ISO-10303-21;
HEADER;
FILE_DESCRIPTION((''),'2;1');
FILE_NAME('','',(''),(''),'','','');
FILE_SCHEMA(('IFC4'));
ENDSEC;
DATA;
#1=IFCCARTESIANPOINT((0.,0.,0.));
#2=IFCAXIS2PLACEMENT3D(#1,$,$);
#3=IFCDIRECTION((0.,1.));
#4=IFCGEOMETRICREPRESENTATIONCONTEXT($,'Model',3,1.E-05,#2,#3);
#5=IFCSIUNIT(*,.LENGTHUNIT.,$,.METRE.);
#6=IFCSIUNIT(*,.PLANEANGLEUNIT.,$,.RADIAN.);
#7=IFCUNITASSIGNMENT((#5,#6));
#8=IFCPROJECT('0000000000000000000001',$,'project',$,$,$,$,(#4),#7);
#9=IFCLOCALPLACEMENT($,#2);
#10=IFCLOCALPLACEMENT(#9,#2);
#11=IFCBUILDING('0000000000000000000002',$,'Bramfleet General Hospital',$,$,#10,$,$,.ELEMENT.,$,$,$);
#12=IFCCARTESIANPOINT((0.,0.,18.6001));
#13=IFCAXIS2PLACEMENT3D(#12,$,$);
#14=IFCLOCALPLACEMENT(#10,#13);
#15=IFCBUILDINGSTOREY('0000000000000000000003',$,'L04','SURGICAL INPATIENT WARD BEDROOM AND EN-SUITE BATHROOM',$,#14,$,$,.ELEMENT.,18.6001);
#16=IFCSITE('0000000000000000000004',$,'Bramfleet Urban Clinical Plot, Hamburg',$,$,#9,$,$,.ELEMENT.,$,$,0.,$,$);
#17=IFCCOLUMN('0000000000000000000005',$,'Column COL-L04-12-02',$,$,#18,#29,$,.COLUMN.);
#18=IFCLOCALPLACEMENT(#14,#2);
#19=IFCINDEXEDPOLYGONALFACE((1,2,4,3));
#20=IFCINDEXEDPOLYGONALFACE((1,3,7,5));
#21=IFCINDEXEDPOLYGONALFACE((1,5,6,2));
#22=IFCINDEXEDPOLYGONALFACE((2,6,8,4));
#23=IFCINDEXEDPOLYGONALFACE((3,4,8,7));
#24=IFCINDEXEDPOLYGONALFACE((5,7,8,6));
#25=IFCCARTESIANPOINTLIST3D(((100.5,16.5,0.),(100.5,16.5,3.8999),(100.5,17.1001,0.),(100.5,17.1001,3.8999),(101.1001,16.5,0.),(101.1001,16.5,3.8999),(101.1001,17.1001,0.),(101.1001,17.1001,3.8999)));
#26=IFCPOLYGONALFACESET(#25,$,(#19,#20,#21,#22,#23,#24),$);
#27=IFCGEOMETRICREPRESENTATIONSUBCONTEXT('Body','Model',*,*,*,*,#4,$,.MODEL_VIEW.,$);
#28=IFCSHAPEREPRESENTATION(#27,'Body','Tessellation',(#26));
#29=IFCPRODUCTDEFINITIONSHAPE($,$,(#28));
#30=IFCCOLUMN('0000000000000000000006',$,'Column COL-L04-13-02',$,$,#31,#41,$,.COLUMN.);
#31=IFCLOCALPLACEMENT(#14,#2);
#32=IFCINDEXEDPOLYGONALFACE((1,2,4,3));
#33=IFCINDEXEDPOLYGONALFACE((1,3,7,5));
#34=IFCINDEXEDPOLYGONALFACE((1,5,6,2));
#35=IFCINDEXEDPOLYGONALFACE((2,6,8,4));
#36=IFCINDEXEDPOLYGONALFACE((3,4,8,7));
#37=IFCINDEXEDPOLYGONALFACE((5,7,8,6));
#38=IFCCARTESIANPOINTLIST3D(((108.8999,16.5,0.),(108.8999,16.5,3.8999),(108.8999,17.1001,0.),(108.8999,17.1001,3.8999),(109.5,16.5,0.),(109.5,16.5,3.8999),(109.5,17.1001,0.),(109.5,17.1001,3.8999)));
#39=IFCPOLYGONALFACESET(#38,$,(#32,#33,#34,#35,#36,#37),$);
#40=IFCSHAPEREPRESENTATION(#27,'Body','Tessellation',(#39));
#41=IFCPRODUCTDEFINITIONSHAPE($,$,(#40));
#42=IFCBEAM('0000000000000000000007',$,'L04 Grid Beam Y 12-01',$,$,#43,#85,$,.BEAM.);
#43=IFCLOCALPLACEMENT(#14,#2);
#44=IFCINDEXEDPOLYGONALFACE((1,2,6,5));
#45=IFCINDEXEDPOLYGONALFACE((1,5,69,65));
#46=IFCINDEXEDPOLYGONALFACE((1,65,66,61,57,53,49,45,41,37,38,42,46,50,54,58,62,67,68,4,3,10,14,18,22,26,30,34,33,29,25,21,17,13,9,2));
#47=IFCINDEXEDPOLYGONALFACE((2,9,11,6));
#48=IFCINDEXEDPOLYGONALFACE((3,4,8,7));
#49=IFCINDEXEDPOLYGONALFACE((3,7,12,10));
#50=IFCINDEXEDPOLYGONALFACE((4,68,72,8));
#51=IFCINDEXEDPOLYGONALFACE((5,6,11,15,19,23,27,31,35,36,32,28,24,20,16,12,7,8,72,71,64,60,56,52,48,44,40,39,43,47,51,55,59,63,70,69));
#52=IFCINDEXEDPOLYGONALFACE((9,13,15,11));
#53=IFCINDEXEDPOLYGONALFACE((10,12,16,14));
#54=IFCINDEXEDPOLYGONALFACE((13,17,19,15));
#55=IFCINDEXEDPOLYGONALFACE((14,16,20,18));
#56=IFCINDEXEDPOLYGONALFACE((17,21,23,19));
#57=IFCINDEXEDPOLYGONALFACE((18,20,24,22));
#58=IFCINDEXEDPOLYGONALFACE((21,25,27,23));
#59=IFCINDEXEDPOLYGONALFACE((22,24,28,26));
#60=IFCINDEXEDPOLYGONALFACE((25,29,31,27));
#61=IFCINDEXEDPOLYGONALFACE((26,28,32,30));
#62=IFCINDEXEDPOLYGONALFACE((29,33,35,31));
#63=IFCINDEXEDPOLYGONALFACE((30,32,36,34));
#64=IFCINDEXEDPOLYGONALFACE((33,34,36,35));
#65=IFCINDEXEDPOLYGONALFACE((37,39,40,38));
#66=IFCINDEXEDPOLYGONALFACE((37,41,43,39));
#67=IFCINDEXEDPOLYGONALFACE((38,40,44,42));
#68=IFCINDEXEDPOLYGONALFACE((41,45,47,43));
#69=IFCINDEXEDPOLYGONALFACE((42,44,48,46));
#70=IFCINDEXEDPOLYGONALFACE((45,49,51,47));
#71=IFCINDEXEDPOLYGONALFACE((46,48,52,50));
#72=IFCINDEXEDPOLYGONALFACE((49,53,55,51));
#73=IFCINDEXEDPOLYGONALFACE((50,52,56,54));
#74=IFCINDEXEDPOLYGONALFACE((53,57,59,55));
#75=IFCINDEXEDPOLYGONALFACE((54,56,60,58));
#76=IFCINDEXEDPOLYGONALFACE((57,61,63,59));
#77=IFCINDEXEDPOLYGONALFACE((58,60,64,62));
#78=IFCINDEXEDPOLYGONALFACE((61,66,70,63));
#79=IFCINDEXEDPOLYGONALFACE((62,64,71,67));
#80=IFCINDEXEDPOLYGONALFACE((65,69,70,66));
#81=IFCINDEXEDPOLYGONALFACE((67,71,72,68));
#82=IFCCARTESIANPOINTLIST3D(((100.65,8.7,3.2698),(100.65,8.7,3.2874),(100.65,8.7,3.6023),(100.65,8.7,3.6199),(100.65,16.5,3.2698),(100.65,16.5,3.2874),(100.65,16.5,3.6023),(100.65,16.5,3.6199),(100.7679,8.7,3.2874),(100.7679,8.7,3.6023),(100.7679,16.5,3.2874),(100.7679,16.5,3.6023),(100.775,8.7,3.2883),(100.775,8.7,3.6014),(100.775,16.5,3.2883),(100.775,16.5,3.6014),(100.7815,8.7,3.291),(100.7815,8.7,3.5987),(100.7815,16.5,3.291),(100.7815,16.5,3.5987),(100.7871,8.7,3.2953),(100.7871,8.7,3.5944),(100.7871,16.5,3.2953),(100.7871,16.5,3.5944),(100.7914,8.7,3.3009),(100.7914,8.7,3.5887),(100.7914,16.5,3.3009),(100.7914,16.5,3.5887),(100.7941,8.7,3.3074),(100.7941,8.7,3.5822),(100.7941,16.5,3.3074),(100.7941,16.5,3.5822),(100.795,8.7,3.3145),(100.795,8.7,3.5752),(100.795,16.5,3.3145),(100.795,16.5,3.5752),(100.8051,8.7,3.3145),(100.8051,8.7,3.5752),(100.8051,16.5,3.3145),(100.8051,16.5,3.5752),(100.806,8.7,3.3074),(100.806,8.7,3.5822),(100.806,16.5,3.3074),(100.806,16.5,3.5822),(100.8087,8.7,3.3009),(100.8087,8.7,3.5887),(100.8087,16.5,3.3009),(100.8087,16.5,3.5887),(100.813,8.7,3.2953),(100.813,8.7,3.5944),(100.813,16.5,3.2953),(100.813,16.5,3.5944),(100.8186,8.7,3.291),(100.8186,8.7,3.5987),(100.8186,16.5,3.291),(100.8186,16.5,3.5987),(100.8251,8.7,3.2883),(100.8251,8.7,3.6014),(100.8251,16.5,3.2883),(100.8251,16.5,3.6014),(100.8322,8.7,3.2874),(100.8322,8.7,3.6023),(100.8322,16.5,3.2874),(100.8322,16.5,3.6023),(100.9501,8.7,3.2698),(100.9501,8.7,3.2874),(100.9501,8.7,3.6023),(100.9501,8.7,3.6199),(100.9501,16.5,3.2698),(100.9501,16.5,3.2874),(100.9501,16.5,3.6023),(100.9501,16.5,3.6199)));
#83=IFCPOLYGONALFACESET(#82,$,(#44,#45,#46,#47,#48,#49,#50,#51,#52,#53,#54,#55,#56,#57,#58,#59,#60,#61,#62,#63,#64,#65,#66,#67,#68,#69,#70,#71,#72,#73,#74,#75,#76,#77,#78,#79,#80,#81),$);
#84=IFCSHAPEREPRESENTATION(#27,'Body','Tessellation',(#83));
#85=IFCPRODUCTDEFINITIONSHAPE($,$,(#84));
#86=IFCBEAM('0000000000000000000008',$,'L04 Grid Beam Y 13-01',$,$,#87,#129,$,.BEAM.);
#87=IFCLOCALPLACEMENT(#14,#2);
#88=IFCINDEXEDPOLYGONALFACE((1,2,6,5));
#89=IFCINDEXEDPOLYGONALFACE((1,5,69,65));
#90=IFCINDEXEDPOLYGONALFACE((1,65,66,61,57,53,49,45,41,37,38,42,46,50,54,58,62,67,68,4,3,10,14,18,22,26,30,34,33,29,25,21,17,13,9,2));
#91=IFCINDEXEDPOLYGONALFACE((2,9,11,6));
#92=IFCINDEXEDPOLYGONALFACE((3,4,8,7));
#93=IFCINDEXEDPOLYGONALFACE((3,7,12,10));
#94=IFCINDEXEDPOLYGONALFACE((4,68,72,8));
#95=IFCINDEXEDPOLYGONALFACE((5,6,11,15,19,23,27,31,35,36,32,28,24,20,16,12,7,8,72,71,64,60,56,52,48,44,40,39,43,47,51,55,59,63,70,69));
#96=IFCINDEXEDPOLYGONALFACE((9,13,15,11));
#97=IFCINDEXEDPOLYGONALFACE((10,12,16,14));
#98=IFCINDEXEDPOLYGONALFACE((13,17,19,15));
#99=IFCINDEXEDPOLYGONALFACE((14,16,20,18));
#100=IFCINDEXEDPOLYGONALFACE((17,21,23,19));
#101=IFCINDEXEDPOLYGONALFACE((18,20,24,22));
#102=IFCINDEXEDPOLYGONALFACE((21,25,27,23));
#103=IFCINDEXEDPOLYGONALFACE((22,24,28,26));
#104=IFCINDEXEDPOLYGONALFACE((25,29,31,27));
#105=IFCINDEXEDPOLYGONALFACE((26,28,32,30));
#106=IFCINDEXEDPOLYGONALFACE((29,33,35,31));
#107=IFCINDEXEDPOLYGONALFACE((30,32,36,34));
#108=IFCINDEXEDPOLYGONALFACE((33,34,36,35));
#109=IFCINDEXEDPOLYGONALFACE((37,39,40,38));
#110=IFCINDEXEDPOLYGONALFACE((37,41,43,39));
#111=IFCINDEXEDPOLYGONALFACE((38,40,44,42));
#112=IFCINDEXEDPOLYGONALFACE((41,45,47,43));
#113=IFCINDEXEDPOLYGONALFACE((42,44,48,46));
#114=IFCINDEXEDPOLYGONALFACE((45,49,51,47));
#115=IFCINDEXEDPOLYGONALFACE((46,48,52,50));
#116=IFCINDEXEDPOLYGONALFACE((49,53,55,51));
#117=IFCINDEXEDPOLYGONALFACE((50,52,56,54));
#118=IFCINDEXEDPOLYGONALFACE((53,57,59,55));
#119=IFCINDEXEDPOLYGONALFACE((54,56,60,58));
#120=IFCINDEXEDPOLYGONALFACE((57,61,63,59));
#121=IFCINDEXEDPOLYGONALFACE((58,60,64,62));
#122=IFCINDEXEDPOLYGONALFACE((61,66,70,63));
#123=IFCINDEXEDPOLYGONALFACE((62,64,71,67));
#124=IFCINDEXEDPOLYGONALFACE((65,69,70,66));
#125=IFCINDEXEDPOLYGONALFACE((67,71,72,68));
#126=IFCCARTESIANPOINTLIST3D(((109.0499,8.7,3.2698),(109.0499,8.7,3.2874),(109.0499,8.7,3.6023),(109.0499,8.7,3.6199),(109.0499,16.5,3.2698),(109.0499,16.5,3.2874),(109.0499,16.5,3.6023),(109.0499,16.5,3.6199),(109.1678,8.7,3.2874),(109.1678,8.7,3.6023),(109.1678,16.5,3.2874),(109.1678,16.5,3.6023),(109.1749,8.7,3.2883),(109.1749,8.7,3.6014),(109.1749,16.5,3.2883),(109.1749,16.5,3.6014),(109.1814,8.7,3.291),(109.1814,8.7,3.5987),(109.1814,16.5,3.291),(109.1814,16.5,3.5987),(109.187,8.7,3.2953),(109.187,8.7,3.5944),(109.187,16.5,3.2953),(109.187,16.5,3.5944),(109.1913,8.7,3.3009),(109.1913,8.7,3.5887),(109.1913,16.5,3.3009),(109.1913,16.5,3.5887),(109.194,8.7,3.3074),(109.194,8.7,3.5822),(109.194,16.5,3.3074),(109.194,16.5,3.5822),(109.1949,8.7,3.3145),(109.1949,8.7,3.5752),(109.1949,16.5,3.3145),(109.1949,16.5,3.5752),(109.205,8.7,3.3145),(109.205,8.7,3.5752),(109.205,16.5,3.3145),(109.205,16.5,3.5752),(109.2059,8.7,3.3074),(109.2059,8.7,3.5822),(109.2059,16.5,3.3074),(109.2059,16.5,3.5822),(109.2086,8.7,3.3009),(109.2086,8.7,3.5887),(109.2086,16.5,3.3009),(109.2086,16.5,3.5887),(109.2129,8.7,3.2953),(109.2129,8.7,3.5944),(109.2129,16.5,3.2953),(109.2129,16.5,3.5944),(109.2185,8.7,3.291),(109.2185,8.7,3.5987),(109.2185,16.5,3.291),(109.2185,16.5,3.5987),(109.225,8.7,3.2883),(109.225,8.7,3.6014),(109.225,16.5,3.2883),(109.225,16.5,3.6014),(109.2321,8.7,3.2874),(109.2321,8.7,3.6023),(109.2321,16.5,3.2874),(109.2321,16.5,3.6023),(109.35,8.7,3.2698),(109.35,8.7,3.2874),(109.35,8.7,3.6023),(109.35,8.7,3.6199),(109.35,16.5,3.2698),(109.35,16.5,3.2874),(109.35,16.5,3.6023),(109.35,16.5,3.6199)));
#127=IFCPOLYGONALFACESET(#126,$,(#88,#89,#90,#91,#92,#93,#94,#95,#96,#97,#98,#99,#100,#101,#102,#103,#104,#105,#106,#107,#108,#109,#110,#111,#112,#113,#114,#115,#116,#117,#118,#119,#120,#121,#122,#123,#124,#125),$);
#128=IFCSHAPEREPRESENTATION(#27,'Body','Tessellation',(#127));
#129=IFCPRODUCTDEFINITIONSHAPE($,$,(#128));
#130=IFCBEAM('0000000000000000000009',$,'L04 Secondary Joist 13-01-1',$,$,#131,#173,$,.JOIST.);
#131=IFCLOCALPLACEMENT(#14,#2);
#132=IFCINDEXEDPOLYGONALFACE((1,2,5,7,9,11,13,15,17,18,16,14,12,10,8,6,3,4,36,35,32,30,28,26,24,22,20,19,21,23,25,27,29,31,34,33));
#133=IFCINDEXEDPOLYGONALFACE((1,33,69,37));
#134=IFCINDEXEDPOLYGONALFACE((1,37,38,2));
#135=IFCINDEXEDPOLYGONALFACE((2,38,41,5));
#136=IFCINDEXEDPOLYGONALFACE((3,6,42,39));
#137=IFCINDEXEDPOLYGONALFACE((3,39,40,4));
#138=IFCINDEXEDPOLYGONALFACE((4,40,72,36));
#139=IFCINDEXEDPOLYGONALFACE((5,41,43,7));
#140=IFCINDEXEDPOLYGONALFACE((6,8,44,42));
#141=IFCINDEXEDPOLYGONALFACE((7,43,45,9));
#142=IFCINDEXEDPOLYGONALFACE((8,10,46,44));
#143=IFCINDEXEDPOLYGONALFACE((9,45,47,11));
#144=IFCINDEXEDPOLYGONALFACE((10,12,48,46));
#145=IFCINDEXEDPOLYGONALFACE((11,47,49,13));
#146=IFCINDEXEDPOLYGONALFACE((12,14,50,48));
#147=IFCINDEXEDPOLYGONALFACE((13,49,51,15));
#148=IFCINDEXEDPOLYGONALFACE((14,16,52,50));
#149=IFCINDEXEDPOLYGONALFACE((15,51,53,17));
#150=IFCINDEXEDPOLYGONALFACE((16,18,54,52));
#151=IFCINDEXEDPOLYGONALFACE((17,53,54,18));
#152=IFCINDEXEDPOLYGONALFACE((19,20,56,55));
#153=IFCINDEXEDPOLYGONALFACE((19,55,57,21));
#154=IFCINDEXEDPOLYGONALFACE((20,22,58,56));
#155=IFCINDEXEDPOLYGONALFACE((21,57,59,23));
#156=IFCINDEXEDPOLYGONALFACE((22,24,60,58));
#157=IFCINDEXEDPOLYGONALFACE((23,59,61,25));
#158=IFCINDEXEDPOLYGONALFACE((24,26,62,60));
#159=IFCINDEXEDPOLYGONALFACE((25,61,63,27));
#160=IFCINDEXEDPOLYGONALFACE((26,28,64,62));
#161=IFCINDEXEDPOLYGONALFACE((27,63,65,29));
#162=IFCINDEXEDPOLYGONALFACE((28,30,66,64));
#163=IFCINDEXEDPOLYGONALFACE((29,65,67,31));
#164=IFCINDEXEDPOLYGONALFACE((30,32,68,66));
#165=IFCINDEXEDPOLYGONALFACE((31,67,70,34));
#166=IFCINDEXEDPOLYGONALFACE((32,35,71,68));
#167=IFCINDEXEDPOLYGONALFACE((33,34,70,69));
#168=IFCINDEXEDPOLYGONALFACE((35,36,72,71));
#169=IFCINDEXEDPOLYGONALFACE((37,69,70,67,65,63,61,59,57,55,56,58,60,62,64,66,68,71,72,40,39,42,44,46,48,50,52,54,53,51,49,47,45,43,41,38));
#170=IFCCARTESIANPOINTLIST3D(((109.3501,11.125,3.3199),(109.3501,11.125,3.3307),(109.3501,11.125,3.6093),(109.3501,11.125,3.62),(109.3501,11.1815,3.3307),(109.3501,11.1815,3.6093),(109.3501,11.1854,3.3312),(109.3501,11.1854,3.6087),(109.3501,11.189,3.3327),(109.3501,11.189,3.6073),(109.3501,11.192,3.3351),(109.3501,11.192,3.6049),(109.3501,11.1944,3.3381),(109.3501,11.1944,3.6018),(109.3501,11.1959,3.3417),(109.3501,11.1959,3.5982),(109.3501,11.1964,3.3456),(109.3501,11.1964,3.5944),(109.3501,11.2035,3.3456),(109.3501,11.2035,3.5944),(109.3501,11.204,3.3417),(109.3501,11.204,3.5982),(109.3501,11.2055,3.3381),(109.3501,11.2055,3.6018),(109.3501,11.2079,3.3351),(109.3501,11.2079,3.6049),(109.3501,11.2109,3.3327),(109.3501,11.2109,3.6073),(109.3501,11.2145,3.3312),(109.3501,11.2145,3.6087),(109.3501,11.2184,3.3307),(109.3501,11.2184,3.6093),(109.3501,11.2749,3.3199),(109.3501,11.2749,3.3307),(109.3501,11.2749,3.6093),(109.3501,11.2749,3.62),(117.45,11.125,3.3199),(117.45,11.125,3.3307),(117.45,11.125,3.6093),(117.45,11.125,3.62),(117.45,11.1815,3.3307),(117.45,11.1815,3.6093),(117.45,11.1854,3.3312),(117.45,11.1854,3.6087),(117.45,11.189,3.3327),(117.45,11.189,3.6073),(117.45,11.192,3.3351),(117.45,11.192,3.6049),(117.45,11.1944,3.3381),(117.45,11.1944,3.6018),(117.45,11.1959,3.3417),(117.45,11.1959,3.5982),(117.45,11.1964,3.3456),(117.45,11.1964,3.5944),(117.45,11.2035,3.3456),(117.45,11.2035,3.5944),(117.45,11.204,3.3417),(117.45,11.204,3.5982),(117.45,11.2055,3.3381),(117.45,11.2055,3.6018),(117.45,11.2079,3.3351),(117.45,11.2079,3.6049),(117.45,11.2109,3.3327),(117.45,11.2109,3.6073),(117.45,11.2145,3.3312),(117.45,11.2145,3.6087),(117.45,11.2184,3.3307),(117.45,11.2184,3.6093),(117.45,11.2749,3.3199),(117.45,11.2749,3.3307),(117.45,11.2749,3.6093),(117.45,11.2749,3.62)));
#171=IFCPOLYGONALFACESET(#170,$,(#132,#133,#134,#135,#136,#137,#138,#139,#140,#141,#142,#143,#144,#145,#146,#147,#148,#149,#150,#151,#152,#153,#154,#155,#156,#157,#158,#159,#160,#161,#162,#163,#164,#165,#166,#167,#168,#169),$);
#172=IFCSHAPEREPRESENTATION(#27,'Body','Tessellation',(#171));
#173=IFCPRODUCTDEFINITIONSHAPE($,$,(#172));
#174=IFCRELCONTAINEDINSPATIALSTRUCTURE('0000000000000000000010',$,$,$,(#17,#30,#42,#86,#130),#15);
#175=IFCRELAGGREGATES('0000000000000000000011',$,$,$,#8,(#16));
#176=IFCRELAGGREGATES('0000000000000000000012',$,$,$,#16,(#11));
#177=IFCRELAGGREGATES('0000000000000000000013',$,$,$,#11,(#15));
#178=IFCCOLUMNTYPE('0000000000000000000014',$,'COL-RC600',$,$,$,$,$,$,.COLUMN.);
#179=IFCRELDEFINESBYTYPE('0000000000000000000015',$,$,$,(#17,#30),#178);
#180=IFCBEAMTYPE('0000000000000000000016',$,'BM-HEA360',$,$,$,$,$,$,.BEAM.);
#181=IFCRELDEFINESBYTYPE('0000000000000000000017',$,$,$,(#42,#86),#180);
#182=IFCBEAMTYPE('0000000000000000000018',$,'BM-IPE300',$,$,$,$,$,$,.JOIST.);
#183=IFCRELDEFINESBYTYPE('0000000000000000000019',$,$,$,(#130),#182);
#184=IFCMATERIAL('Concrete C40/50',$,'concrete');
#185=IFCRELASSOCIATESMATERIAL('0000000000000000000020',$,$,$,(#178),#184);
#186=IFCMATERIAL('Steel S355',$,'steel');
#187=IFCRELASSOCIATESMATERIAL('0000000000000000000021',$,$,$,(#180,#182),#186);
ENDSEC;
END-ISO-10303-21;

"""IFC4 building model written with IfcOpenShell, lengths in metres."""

from ifc_helpers import new_model, si_unit, direction, frame, origin, origin_2d, place, context, subcontext, project, spatial, rectangle, i_section, extrude, material, material_profile, profile_set, type_object, element, save


model = new_model("IFC4")

# Units and contexts
model_context = context("Model", 3, precision=1e-05, world=origin(), true_north=direction((0.0, 1.0)))
body_context = subcontext(model_context, "Body", "Model", "MODEL_VIEW")
ifc_project = project(units=[si_unit("LENGTHUNIT", "METRE"), si_unit("PLANEANGLEUNIT", "RADIAN")], contexts=[model_context])

# Site, building, storey
site_placement = place(None, origin())
site = spatial("IfcSite", under=ifc_project, at=site_placement, Name="Bramfleet Urban Clinical Plot, Hamburg", CompositionType="ELEMENT", RefElevation=0.0)
building_placement = place(site_placement, origin())
building = spatial("IfcBuilding", under=site, at=building_placement, Name="Bramfleet General Hospital", CompositionType="ELEMENT")
storey_placement = place(building_placement, frame((0.0, 0.0, 18.6001)))
storey = spatial("IfcBuildingStorey", under=building, at=storey_placement, Name="L04", Description="SURGICAL INPATIENT WARD BEDROOM AND EN-SUITE BATHROOM", CompositionType="ELEMENT", Elevation=18.6001)

# Columns
ifc_material_1 = material(Name="Concrete C40/50", Category="concrete")
ifc_material_profile_1 = material_profile(ifc_material_1, rectangle(XDim=0.6001, YDim=0.6001, at=origin_2d()), Name="RC COL 600x600")
ifc_profile_set_1 = profile_set([ifc_material_profile_1], Name="Concrete C40/50")
column_type = type_object("IfcColumnType", Name="COL-RC600", PredefinedType="COLUMN", material=ifc_profile_set_1)
for number, where, z_axis, x_axis, name in (
    (1, (100.8, 16.8, 0.0), (0.0, 0.0, 1.0), (1.0, 0.0, 0.0), "Column COL-L04-12-02"),
    (2, (109.2, 16.8, 0.0), (0.0, 0.0, 1.0), (1.0, 0.0, 0.0), "Column COL-L04-13-02"),
):
    element("IfcColumn", number, at=place(storey_placement, frame(where, z_axis=z_axis, x_axis=x_axis)), inside=storey, type_object=column_type, Name=name, PredefinedType="COLUMN", context=body_context, shape_type="SweptSolid", body=[
        extrude(rectangle(XDim=0.6001, YDim=0.6001, at=origin_2d()), origin(), (0.0, 0.0, 1.0), 3.8999),
    ])

# Beams
ifc_material_2 = material(Name="Steel S355", Category="steel")
ifc_material_profile_2 = material_profile(ifc_material_2, i_section(OverallWidth=0.3, OverallDepth=0.3501, WebThickness=0.01, FlangeThickness=0.0176, FilletRadius=0.0271, at=origin_2d()), Name="HEA 360")
ifc_profile_set_2 = profile_set([ifc_material_profile_2], Name="Steel S355")
beam_type_1 = type_object("IfcBeamType", Name="BM-HEA360", PredefinedType="BEAM", material=ifc_profile_set_2)
for number, where, z_axis, x_axis, name in (
    (3, (100.8, 8.7, 3.4448), (0.0, 1.0, 0.0), (-1.0, 0.0, 0.0), "L04 Grid Beam Y 12-01"),
    (4, (109.2, 8.7, 3.4448), (0.0, 1.0, 0.0), (-1.0, 0.0, 0.0), "L04 Grid Beam Y 13-01"),
):
    element("IfcBeam", number, at=place(storey_placement, frame(where, z_axis=z_axis, x_axis=x_axis)), inside=storey, type_object=beam_type_1, Name=name, PredefinedType="BEAM", context=body_context, shape_type="SweptSolid", body=[
        extrude(i_section(OverallWidth=0.3, OverallDepth=0.3501, WebThickness=0.01, FlangeThickness=0.0176, FilletRadius=0.0271, at=origin_2d()), origin(), (0.0, 0.0, 1.0), 7.8),
    ])
ifc_material_profile_3 = material_profile(ifc_material_2, i_section(OverallWidth=0.1499, OverallDepth=0.3, WebThickness=0.0071, FlangeThickness=0.0107, FilletRadius=0.0149, at=origin_2d()), Name="IPE 300")
ifc_profile_set_3 = profile_set([ifc_material_profile_3], Name="Steel S355")
beam_type_2 = type_object("IfcBeamType", Name="BM-IPE300", PredefinedType="JOIST", material=ifc_profile_set_3)
for number, where, z_axis, x_axis, name in (
    (5, (109.3501, 11.2, 3.47), (1.0, 0.0, 0.0), (0.0, 1.0, 0.0), "L04 Secondary Joist 13-01-1"),
):
    element("IfcBeam", number, at=place(storey_placement, frame(where, z_axis=z_axis, x_axis=x_axis)), inside=storey, type_object=beam_type_2, Name=name, PredefinedType="JOIST", context=body_context, shape_type="SweptSolid", body=[
        extrude(i_section(OverallWidth=0.1499, OverallDepth=0.3, WebThickness=0.0071, FlangeThickness=0.0107, FilletRadius=0.0149, at=origin_2d()), origin(), (0.0, 0.0, 1.0), 8.0999),
    ])

save(model, "model.ifc")
